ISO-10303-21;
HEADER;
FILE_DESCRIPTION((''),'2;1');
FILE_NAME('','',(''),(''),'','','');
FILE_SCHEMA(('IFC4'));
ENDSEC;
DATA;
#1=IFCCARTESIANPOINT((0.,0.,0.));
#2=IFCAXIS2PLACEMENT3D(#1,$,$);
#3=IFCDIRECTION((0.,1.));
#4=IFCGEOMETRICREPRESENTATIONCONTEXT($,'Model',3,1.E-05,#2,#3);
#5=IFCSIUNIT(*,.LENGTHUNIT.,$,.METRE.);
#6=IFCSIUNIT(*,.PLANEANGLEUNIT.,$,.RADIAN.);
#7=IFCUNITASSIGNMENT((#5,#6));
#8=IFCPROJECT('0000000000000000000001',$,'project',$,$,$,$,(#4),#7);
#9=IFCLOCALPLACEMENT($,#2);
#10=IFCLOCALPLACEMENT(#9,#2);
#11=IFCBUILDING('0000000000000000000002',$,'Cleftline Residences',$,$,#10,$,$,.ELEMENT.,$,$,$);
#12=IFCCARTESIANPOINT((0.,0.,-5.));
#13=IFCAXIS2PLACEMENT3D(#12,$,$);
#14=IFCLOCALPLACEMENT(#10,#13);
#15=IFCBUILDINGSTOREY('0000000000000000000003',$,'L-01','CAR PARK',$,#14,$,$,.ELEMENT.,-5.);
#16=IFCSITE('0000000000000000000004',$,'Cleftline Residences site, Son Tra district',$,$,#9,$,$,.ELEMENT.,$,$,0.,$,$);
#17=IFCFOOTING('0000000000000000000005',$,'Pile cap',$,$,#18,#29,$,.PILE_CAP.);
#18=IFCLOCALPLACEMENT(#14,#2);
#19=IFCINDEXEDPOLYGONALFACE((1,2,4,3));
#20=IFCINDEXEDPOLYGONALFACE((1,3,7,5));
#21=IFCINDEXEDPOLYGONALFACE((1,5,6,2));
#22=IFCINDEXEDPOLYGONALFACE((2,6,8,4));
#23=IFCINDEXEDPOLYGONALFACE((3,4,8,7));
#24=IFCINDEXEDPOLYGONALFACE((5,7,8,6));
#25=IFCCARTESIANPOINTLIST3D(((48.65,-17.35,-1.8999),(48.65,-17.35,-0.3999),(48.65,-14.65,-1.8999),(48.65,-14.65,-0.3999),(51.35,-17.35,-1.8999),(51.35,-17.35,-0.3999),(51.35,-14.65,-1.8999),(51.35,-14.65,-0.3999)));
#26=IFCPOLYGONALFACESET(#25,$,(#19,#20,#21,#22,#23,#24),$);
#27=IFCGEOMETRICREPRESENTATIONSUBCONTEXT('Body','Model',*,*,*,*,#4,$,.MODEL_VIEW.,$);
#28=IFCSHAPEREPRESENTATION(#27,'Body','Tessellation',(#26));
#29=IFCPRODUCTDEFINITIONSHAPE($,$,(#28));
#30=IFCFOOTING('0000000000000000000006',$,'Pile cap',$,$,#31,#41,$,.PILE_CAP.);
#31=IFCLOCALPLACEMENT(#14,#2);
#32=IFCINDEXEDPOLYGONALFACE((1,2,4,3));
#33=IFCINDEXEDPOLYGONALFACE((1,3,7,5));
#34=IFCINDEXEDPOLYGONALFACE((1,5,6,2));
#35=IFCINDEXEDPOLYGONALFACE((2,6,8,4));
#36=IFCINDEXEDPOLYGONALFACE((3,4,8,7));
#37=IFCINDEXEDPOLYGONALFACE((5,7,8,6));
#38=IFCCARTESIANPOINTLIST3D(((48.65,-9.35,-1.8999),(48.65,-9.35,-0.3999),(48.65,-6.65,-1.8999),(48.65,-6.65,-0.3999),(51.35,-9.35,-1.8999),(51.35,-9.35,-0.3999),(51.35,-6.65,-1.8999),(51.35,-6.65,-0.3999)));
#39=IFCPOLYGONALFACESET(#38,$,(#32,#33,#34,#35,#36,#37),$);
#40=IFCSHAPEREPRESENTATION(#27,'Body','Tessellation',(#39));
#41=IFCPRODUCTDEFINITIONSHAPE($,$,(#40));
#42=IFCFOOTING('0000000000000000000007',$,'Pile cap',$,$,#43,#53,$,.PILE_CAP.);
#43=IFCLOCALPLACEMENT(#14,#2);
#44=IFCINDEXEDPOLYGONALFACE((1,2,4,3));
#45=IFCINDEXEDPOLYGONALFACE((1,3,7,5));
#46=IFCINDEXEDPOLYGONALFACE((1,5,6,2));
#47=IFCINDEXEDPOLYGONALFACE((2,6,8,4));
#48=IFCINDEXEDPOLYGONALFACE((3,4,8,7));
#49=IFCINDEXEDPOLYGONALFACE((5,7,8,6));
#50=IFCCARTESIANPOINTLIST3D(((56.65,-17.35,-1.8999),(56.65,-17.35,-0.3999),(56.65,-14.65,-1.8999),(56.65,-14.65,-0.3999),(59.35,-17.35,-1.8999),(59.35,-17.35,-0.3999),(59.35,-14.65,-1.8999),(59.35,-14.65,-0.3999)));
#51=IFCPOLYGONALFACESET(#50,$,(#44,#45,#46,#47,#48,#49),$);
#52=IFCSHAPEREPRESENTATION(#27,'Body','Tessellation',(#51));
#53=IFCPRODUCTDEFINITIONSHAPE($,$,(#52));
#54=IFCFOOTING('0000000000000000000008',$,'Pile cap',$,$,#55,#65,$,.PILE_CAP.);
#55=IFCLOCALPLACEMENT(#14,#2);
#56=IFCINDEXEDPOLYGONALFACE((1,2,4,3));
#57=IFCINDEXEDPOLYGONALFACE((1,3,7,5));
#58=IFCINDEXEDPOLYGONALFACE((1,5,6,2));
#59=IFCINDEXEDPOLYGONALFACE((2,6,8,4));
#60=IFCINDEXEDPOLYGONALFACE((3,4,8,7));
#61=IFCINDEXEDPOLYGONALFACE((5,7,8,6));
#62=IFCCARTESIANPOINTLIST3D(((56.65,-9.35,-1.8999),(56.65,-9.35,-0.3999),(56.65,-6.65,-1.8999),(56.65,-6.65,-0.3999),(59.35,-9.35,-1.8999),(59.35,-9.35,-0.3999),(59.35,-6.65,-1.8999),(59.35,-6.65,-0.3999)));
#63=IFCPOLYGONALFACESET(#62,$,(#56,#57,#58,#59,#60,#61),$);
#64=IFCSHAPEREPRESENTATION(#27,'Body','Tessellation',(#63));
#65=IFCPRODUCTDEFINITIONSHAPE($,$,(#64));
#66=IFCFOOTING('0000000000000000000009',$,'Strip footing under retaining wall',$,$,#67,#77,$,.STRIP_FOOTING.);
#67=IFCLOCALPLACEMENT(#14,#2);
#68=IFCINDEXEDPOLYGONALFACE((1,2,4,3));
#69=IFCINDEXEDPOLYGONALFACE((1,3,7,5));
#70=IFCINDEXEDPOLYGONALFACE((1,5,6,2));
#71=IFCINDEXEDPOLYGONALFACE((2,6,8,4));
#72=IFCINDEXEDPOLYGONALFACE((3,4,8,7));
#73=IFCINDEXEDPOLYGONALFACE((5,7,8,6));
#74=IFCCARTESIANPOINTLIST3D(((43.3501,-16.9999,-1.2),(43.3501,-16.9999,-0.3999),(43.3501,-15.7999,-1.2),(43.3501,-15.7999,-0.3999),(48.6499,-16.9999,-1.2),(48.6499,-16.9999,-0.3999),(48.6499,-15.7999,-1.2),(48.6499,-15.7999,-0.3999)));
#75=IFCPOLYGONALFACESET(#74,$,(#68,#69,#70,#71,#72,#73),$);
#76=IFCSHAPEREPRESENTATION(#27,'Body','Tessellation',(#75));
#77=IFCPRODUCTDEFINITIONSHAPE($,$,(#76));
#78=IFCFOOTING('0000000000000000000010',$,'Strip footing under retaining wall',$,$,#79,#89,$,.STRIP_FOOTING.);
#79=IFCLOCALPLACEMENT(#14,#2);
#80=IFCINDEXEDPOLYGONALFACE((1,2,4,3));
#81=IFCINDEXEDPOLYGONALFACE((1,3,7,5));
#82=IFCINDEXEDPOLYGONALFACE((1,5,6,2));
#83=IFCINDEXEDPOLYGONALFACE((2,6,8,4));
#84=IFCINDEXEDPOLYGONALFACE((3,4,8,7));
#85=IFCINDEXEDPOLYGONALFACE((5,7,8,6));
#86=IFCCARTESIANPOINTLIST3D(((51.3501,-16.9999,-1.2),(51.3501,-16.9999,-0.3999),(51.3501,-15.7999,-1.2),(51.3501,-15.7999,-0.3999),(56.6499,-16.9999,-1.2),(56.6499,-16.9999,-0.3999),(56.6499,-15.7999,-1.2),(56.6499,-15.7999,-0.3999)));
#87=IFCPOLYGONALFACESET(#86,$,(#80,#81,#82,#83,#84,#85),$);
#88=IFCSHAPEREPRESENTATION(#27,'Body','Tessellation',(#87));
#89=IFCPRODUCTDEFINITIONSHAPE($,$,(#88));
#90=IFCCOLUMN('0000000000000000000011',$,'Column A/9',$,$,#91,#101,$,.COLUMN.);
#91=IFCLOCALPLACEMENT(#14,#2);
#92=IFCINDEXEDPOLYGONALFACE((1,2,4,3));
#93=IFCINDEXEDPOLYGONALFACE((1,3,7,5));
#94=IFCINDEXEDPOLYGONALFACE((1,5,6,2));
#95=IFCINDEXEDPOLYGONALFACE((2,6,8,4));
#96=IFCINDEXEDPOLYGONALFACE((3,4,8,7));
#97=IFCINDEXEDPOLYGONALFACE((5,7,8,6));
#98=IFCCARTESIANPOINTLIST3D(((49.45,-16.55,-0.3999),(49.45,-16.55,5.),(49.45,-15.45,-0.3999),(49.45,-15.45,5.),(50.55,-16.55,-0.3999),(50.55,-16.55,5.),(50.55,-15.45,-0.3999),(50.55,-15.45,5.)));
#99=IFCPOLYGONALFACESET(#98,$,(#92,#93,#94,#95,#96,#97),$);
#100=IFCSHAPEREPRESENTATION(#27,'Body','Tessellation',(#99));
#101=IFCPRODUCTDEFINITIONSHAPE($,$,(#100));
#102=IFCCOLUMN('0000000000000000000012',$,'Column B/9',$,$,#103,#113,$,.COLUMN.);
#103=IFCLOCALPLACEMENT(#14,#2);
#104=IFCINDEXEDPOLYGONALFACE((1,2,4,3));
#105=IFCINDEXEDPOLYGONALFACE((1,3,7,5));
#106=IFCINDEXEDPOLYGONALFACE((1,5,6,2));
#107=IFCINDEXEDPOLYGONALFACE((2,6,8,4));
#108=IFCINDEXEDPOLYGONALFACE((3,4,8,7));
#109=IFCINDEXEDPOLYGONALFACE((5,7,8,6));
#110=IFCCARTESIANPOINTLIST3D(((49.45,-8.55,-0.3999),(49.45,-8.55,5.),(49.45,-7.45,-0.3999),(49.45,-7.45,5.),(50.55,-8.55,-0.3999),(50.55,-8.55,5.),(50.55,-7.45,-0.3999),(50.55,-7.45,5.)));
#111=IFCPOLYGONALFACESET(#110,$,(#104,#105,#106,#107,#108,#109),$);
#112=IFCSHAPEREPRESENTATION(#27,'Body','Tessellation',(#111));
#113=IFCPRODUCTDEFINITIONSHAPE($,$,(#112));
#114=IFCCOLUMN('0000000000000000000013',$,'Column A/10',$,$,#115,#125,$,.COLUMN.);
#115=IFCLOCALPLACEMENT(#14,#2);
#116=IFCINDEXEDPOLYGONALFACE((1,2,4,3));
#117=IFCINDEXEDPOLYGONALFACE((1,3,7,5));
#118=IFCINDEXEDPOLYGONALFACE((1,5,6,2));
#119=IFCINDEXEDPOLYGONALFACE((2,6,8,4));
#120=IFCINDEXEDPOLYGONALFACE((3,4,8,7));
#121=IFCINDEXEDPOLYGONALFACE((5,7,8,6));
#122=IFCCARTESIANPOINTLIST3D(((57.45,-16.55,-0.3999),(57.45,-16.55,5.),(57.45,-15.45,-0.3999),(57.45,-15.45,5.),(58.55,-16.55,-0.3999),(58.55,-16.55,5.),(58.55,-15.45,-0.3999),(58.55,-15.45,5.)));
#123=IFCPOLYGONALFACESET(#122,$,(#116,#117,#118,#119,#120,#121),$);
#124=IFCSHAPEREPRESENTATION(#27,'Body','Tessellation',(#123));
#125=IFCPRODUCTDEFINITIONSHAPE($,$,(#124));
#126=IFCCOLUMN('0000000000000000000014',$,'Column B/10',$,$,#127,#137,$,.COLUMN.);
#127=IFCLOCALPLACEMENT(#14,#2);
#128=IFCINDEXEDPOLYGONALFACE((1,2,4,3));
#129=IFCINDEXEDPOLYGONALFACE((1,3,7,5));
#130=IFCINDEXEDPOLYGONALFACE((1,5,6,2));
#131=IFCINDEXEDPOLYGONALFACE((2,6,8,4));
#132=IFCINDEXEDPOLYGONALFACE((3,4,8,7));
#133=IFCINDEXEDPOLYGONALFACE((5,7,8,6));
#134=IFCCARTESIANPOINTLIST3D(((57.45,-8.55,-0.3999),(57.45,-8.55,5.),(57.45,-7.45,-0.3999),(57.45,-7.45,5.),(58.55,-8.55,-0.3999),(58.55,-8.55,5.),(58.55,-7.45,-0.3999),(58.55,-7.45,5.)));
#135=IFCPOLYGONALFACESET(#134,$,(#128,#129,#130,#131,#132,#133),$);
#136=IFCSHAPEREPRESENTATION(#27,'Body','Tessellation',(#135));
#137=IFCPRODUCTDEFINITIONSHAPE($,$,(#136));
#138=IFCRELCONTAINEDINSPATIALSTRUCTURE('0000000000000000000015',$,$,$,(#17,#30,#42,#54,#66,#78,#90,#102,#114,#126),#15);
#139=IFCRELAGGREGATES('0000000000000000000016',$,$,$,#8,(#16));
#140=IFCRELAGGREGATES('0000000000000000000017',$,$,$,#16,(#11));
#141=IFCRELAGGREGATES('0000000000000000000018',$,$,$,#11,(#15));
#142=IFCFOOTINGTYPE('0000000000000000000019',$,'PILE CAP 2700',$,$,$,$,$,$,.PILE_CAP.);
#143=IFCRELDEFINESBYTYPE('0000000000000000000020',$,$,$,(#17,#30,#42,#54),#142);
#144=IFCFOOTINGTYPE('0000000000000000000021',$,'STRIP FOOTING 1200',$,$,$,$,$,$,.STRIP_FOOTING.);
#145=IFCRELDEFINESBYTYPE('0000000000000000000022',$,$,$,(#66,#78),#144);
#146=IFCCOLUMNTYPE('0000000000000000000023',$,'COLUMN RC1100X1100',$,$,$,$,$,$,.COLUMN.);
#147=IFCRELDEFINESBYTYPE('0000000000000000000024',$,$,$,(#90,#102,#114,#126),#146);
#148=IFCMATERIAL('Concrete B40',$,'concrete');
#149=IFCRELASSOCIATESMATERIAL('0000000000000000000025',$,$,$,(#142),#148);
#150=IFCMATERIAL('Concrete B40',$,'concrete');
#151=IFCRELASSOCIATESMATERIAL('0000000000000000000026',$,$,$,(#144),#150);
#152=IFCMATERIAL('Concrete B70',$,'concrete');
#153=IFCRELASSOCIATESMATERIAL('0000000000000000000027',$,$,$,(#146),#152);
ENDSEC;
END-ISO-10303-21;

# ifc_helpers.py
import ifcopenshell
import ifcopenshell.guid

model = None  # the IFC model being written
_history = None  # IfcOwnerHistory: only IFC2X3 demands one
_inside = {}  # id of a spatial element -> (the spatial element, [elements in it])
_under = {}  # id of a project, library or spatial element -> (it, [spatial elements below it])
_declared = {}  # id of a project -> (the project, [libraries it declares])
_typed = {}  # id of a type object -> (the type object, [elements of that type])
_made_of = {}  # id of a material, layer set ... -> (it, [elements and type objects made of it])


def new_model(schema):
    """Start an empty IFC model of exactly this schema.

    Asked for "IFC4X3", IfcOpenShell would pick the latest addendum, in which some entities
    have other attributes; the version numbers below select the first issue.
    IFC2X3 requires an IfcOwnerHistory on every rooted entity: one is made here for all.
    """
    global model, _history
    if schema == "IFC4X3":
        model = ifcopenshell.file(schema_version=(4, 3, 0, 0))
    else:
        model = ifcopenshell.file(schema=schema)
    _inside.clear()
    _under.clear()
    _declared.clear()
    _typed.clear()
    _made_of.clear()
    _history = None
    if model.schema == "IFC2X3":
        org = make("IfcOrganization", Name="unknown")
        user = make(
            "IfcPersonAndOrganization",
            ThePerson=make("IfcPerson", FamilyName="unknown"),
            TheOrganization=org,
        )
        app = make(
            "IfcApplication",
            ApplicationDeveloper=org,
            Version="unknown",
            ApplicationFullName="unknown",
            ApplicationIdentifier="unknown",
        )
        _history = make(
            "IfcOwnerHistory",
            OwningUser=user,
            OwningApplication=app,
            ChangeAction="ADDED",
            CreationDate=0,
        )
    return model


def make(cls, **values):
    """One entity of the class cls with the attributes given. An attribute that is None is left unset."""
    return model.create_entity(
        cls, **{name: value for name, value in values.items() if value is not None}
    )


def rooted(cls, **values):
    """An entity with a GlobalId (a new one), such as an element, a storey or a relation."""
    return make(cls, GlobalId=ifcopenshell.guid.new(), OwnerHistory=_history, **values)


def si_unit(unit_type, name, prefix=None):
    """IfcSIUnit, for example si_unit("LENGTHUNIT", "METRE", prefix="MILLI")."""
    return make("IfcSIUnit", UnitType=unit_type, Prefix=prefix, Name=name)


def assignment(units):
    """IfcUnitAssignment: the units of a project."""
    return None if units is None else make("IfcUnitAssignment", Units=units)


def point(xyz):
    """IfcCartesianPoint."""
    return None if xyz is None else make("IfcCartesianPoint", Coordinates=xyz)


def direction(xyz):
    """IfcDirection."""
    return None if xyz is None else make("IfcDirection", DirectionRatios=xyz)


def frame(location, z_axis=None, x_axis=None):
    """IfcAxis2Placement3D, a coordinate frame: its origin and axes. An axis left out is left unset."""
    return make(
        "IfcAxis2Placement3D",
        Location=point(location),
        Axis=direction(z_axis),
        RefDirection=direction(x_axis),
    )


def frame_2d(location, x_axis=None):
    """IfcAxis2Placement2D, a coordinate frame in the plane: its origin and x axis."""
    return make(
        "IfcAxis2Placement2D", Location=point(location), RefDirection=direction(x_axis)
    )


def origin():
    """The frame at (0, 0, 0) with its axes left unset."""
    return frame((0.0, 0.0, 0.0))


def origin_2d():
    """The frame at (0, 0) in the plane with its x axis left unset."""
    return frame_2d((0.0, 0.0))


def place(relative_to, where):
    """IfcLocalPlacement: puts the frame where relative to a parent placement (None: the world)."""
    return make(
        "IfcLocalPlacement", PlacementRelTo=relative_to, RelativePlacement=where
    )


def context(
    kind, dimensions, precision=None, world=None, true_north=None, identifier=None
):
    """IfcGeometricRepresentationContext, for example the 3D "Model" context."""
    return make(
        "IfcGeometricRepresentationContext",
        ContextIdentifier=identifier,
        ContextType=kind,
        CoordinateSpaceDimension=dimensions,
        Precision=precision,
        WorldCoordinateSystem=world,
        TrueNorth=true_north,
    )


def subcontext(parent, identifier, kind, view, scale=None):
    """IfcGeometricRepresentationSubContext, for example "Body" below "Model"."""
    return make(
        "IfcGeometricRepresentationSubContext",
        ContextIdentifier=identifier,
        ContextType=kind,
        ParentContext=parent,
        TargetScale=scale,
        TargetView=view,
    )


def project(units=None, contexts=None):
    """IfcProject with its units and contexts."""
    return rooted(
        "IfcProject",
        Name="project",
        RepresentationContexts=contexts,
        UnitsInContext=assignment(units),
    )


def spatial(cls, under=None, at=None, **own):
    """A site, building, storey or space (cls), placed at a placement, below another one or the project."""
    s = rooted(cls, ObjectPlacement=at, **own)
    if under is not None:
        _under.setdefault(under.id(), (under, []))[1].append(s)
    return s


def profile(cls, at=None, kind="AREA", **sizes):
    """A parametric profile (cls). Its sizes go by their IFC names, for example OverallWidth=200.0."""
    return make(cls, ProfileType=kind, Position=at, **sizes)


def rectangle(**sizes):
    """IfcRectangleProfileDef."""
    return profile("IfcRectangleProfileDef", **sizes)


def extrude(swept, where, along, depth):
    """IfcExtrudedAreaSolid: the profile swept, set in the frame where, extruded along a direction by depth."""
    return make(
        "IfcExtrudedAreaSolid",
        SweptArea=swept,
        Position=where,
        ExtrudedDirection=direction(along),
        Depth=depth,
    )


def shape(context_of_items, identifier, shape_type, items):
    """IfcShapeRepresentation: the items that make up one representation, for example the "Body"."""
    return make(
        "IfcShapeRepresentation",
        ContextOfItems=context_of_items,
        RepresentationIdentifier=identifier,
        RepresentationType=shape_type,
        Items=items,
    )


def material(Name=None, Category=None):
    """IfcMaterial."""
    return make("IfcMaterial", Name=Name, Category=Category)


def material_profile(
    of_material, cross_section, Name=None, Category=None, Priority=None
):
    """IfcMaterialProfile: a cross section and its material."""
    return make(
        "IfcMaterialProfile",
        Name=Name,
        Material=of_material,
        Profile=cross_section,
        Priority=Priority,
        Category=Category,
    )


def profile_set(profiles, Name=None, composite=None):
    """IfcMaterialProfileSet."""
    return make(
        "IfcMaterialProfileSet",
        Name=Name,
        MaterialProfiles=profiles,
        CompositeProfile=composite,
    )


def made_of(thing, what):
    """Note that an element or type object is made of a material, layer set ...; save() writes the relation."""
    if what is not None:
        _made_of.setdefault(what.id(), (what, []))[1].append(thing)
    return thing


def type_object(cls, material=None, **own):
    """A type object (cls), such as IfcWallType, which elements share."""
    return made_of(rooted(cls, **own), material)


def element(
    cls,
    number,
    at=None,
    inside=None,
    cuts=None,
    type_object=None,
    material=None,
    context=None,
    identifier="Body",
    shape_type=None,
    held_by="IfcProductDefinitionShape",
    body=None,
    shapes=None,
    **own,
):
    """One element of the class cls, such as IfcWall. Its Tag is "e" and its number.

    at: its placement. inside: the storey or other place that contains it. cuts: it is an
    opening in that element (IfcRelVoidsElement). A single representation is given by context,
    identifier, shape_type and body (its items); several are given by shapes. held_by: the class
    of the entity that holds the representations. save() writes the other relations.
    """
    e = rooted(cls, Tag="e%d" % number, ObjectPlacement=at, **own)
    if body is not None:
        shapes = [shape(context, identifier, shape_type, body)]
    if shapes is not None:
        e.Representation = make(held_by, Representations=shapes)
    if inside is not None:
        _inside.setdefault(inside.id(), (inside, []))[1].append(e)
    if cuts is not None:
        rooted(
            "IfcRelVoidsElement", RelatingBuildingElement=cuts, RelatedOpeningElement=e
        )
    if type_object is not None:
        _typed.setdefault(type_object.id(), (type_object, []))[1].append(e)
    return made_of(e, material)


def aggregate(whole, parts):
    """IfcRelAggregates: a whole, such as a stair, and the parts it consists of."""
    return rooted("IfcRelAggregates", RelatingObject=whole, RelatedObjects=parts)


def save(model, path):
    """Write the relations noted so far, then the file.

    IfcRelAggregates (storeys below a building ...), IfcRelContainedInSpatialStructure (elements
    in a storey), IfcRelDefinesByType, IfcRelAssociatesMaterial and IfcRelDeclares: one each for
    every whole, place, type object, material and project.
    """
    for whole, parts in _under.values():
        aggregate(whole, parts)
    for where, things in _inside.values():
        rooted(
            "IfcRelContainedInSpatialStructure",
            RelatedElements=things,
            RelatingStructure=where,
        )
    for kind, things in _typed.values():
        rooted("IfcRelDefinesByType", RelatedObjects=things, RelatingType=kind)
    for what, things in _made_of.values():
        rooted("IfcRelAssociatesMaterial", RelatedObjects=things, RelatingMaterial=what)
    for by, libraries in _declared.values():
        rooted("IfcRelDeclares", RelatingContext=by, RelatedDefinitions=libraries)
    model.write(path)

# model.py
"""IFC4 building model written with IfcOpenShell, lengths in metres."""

from ifc_helpers import new_model, si_unit, direction, frame, frame_2d, origin, origin_2d, place, context, subcontext, project, spatial, rectangle, extrude, material, material_profile, profile_set, type_object, element, save


model = new_model("IFC4")

# Units and contexts
model_context = context("Model", 3, precision=1e-05, world=origin(), true_north=direction((0.0, 1.0)))
body_context = subcontext(model_context, "Body", "Model", "MODEL_VIEW")
ifc_project = project(units=[si_unit("LENGTHUNIT", "METRE"), si_unit("PLANEANGLEUNIT", "RADIAN")], contexts=[model_context])

# Site, building, storey
site_placement = place(None, origin())
site = spatial("IfcSite", under=ifc_project, at=site_placement, Name="Cleftline Residences site, Son Tra district", CompositionType="ELEMENT", RefElevation=0.0)
building_placement = place(site_placement, origin())
building = spatial("IfcBuilding", under=site, at=building_placement, Name="Cleftline Residences", CompositionType="ELEMENT")
storey_placement = place(building_placement, frame((0.0, 0.0, -5.0)))
storey = spatial("IfcBuildingStorey", under=building, at=storey_placement, Name="L-01", Description="CAR PARK", CompositionType="ELEMENT", Elevation=-5.0)

# Footings
ifc_material_1 = material(Name="Concrete B40", Category="concrete")
footing_type_1 = type_object("IfcFootingType", Name="PILE CAP 2700", PredefinedType="PILE_CAP", material=ifc_material_1)
for number, where, z_axis, x_axis, name in (
    (1, (50.0, -16.0, -1.8999), (0.0, 0.0, 1.0), (1.0, 0.0, 0.0), "Pile cap"),
    (2, (50.0, -8.0, -1.8999), (0.0, 0.0, 1.0), (1.0, 0.0, 0.0), "Pile cap"),
    (3, (58.0, -16.0, -1.8999), (0.0, 0.0, 1.0), (1.0, 0.0, 0.0), "Pile cap"),
    (4, (58.0, -8.0, -1.8999), (0.0, 0.0, 1.0), (1.0, 0.0, 0.0), "Pile cap"),
):
    element("IfcFooting", number, at=place(storey_placement, frame(where, z_axis=z_axis, x_axis=x_axis)), inside=storey, type_object=footing_type_1, Name=name, PredefinedType="PILE_CAP", context=body_context, shape_type="SweptSolid", body=[
        extrude(rectangle(XDim=2.7, YDim=2.7, at=origin_2d()), origin(), (0.0, 0.0, 1.0), 1.5),
    ])
ifc_material_2 = material(Name="Concrete B40", Category="concrete")
footing_type_2 = type_object("IfcFootingType", Name="STRIP FOOTING 1200", PredefinedType="STRIP_FOOTING", material=ifc_material_2)
for number, where, z_axis, x_axis, name in (
    (5, (43.3501, -16.3999, -1.2), (0.0, 0.0, 1.0), (1.0, 0.0, 0.0), "Strip footing under retaining wall"),
    (6, (51.3501, -16.3999, -1.2), (0.0, 0.0, 1.0), (1.0, 0.0, 0.0), "Strip footing under retaining wall"),
):
    element("IfcFooting", number, at=place(storey_placement, frame(where, z_axis=z_axis, x_axis=x_axis)), inside=storey, type_object=footing_type_2, Name=name, PredefinedType="STRIP_FOOTING", context=body_context, shape_type="SweptSolid", body=[
        extrude(rectangle(XDim=5.2998, YDim=1.2, at=frame_2d((2.6499, 0.0))), origin(), (0.0, 0.0, 1.0), 0.8),
    ])

# Columns
ifc_material_3 = material(Name="Concrete B70", Category="concrete")
ifc_material_profile_1 = material_profile(ifc_material_3, rectangle(XDim=1.1001, YDim=1.1001, at=origin_2d()))
ifc_profile_set_1 = profile_set([ifc_material_profile_1], Name="Concrete B70")
column_type = type_object("IfcColumnType", Name="COLUMN RC1100X1100", PredefinedType="COLUMN", material=ifc_profile_set_1)
for number, where, z_axis, x_axis, name in (
    (7, (50.0, -16.0, -0.3999), (0.0, 0.0, 1.0), (1.0, 0.0, 0.0), "Column A/9"),
    (8, (50.0, -8.0, -0.3999), (0.0, 0.0, 1.0), (1.0, 0.0, 0.0), "Column B/9"),
    (9, (58.0, -16.0, -0.3999), (0.0, 0.0, 1.0), (1.0, 0.0, 0.0), "Column A/10"),
    (10, (58.0, -8.0, -0.3999), (0.0, 0.0, 1.0), (1.0, 0.0, 0.0), "Column B/10"),
):
    element("IfcColumn", number, at=place(storey_placement, frame(where, z_axis=z_axis, x_axis=x_axis)), inside=storey, type_object=column_type, Name=name, PredefinedType="COLUMN", context=body_context, shape_type="SweptSolid", body=[
        extrude(rectangle(XDim=1.1001, YDim=1.1001, at=origin_2d()), origin(), (0.0, 0.0, 1.0), 5.3999),
    ])

save(model, "model.ifc")
